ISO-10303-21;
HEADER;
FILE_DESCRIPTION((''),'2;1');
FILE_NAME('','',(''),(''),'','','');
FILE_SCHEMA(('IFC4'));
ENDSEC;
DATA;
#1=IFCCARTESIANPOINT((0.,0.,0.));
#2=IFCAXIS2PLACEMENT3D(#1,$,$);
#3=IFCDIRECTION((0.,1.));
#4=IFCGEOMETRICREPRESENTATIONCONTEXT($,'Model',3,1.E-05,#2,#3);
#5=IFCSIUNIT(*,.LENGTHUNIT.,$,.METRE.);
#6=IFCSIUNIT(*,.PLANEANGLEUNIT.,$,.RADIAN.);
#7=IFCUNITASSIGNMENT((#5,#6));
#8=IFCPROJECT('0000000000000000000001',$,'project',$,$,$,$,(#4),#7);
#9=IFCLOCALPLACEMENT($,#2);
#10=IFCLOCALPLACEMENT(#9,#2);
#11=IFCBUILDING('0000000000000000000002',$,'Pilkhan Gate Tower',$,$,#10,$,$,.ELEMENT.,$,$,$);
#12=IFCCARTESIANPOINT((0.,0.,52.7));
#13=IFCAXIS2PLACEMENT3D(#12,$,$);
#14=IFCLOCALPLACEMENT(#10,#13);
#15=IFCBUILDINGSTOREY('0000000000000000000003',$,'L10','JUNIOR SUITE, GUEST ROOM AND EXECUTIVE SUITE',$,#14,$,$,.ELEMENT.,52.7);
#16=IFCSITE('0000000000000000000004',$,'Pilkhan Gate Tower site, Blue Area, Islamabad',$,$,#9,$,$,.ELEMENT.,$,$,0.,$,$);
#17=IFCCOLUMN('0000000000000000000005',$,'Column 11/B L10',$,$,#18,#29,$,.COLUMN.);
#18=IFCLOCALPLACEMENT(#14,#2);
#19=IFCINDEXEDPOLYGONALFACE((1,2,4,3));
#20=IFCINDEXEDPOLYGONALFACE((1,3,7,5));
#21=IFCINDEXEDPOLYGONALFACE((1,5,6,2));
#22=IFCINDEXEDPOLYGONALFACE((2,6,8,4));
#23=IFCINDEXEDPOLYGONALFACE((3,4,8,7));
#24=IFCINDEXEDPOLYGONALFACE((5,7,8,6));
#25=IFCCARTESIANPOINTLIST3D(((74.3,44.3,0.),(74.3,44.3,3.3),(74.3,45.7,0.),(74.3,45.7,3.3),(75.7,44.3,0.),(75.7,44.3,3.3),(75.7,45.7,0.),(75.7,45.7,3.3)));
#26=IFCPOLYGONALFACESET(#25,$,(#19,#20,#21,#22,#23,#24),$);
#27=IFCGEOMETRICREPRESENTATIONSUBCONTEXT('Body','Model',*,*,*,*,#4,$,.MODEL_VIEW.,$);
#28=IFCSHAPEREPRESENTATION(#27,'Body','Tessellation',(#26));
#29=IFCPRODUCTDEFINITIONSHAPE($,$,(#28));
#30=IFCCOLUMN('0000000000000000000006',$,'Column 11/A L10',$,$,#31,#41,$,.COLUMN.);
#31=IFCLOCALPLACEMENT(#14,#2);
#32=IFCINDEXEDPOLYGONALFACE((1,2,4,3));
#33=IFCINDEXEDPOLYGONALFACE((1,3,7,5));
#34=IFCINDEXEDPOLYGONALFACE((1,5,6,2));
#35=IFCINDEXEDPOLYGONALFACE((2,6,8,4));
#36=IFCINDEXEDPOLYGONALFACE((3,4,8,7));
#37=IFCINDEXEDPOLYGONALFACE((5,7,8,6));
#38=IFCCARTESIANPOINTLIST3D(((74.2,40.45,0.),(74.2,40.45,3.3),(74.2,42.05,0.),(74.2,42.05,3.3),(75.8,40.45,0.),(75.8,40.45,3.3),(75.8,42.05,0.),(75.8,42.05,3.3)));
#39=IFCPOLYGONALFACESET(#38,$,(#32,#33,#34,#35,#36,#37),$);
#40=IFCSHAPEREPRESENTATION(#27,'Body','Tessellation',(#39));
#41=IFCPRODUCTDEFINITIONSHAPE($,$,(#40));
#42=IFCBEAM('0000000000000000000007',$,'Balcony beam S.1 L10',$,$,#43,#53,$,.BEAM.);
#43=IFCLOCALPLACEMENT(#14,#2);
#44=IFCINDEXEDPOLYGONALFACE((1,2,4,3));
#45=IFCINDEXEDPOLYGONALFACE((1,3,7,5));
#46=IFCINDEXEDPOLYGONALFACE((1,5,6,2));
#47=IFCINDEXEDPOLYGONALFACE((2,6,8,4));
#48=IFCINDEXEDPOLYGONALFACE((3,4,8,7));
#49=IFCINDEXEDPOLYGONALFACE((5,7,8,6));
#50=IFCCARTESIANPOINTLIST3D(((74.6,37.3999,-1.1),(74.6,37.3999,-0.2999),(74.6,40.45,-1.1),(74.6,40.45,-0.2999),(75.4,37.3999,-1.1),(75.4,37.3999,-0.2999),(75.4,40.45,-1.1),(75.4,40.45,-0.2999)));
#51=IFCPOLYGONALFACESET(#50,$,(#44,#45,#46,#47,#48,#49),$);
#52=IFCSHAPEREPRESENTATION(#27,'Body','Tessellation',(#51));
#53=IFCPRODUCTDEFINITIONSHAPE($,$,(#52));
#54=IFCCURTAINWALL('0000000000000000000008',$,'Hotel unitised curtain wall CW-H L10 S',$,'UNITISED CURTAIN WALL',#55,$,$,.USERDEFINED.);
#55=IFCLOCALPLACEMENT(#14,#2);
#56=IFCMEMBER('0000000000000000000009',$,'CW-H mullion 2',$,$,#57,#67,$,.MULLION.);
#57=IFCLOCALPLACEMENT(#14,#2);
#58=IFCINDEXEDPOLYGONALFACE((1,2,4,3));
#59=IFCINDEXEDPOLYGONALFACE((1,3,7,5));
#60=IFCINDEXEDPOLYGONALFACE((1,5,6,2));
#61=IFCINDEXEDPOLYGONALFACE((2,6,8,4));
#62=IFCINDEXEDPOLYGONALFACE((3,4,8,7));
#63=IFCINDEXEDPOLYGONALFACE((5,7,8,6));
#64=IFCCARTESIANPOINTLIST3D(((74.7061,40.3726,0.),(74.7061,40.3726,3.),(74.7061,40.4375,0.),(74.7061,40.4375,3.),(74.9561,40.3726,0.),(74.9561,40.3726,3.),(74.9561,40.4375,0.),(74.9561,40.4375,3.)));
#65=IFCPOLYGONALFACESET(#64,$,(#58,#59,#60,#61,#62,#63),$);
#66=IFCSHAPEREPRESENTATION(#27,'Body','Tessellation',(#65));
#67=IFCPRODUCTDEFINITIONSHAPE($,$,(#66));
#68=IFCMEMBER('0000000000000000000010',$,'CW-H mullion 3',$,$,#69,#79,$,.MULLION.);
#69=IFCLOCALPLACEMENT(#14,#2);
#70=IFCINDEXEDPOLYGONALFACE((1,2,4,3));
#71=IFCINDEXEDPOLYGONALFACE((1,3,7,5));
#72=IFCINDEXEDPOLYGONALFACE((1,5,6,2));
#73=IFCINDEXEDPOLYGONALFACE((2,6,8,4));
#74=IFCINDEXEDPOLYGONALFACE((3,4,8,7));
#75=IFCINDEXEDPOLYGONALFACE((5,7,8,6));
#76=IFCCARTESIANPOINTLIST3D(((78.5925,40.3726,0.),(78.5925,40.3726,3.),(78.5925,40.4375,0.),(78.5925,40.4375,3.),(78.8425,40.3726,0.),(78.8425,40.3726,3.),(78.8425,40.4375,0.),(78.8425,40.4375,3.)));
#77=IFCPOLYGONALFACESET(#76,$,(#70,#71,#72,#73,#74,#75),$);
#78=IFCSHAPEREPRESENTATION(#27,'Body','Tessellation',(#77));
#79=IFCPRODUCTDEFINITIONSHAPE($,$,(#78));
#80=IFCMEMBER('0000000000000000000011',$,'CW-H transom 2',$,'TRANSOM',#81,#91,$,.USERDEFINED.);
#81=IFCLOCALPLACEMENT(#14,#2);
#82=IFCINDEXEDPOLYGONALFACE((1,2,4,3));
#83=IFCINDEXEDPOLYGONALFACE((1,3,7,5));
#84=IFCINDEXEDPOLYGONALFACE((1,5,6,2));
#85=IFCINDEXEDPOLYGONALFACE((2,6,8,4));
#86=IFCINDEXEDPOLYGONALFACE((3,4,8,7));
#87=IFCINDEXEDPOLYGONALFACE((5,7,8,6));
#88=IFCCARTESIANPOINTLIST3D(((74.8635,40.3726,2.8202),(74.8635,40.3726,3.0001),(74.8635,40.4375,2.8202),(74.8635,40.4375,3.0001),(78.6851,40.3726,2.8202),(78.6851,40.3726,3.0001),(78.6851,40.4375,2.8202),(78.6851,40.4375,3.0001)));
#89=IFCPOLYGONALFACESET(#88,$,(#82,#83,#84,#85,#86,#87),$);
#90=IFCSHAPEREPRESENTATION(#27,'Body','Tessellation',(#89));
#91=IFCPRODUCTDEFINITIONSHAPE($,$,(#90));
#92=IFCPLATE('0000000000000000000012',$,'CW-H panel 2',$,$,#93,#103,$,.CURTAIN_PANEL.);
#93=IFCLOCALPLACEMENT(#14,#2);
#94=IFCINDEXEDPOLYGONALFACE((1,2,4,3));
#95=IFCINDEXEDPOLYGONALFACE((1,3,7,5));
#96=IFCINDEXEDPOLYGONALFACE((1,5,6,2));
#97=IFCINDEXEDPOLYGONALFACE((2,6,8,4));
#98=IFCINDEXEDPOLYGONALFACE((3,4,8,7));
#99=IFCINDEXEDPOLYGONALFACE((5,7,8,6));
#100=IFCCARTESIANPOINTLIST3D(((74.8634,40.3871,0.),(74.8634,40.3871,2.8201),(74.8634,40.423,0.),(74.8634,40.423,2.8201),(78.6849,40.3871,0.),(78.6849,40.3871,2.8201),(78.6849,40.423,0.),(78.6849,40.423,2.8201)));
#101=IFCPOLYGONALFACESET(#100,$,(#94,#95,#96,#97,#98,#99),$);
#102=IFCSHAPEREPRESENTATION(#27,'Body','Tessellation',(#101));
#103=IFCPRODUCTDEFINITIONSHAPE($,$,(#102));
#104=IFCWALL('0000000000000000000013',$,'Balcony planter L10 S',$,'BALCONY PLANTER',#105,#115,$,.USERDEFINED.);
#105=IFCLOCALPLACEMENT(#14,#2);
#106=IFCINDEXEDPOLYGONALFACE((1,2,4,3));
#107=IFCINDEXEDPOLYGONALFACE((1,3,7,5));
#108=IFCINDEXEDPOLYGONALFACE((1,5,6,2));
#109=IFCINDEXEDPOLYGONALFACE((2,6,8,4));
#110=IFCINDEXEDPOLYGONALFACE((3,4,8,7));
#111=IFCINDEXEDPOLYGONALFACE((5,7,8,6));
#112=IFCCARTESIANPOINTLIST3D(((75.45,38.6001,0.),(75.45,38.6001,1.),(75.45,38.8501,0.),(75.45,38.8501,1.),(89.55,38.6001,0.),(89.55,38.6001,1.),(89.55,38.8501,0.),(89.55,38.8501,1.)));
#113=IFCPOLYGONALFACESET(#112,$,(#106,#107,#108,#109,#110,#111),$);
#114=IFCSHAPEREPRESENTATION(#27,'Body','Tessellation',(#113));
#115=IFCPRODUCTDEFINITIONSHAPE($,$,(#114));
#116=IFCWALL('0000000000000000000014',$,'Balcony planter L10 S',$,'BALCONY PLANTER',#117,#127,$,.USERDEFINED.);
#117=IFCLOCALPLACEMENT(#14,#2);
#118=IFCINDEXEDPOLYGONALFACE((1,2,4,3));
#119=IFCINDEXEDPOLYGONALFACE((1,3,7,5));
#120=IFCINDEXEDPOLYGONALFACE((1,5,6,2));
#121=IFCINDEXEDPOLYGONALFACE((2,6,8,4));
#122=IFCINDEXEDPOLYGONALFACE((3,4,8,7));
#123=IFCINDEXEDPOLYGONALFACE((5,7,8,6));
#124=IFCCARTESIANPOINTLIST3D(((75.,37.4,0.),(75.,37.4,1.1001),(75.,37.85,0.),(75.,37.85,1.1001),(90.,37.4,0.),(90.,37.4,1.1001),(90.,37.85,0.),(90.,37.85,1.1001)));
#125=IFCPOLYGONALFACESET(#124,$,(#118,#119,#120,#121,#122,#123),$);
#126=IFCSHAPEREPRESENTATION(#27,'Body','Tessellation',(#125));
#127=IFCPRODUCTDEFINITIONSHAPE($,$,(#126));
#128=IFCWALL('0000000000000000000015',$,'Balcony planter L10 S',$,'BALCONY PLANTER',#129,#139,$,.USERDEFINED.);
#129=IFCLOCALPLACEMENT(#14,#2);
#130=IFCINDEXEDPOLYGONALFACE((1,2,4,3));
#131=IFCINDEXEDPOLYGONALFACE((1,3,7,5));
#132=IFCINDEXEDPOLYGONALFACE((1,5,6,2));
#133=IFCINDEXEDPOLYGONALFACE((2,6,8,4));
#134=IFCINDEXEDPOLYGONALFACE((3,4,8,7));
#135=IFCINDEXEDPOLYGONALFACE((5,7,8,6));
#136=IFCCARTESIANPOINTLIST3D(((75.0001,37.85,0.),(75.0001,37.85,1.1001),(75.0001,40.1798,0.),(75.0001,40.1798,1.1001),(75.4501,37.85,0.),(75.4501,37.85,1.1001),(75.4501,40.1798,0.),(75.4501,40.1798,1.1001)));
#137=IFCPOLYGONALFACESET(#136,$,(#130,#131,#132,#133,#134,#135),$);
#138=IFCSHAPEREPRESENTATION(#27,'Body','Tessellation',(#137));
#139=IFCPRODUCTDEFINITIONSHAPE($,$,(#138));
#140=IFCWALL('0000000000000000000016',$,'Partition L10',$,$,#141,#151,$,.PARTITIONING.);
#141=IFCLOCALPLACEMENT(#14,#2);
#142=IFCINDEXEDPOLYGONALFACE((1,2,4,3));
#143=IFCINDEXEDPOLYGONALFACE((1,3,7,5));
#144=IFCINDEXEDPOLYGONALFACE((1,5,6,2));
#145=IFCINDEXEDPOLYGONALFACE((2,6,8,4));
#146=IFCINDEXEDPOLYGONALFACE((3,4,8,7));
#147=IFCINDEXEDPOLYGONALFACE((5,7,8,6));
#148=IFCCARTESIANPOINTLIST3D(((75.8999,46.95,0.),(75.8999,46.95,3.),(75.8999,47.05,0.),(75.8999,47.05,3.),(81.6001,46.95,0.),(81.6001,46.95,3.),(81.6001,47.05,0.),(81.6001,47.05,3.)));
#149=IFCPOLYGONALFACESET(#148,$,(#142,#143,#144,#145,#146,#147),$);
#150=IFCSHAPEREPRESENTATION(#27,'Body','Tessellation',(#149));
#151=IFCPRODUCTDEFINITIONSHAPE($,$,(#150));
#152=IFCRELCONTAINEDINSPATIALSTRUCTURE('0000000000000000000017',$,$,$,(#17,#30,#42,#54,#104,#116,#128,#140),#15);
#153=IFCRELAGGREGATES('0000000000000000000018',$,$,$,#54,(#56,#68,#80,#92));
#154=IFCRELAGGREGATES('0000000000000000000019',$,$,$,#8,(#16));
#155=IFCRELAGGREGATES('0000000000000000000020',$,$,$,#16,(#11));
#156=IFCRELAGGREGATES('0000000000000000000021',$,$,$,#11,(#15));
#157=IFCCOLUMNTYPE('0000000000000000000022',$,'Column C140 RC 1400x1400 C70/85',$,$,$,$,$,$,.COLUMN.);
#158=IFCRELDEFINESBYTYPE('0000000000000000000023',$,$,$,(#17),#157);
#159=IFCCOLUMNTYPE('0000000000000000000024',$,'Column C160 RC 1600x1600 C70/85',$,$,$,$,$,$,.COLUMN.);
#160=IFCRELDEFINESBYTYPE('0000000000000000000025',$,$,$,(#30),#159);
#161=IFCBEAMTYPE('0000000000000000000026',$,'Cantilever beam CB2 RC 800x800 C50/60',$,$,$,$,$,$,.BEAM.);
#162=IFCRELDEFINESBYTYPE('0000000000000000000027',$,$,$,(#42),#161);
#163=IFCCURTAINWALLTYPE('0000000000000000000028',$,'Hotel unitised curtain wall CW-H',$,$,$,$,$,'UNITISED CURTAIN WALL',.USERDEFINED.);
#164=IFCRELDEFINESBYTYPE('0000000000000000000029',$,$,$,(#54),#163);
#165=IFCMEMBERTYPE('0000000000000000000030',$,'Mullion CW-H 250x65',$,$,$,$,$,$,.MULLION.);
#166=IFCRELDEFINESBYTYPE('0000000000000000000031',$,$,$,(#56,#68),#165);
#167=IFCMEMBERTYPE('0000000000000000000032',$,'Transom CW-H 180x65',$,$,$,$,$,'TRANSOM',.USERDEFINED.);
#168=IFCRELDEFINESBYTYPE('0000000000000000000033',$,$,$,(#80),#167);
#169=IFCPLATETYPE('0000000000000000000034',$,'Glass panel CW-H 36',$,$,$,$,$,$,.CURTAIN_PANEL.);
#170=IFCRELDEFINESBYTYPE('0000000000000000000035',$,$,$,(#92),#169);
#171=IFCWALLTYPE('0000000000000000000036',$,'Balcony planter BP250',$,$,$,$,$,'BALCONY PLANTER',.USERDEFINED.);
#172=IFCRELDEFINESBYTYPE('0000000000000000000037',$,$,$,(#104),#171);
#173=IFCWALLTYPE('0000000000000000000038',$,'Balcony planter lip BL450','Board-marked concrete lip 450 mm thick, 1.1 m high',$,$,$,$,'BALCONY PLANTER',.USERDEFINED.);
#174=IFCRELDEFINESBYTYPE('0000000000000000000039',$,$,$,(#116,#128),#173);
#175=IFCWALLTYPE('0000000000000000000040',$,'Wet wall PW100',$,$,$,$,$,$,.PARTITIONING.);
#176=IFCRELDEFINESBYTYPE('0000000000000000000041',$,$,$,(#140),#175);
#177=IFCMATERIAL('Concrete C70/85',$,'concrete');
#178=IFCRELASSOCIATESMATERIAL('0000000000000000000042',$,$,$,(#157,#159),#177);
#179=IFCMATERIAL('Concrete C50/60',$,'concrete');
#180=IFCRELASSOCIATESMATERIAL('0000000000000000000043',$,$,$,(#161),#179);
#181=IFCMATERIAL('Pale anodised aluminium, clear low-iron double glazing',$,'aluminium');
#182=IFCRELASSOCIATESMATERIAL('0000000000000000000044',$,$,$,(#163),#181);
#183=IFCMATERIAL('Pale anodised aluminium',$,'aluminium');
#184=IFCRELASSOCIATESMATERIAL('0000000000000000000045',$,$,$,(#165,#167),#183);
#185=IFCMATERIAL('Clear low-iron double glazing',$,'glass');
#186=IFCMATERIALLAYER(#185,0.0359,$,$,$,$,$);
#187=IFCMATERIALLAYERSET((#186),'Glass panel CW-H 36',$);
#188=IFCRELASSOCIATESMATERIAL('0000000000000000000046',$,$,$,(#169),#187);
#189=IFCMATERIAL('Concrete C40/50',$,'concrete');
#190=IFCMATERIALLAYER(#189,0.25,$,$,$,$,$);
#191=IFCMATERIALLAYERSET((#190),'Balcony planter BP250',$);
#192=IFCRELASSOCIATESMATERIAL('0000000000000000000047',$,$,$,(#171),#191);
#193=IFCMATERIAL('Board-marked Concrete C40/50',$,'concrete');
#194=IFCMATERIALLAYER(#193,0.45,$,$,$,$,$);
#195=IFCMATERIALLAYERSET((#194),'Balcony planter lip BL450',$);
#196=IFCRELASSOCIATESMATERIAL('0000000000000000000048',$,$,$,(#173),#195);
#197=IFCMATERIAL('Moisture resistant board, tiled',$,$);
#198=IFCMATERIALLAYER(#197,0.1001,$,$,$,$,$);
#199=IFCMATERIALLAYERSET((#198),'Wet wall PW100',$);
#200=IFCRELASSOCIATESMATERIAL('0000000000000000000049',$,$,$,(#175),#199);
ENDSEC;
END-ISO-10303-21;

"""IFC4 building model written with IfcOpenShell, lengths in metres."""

from ifc_helpers import new_model, si_unit, direction, frame, frame_2d, origin, origin_2d, place, context, subcontext, project, spatial, rectangle, extrude, material, layer, layer_set, material_profile, profile_set, type_object, element, aggregate, save


model = new_model("IFC4")

# Units and contexts
model_context = context("Model", 3, precision=1e-05, world=origin(), true_north=direction((0.0, 1.0)))
body_context = subcontext(model_context, "Body", "Model", "MODEL_VIEW")
ifc_project = project(units=[si_unit("LENGTHUNIT", "METRE"), si_unit("PLANEANGLEUNIT", "RADIAN")], contexts=[model_context])

# Site, building, storey
site_placement = place(None, origin())
site = spatial("IfcSite", under=ifc_project, at=site_placement, Name="Pilkhan Gate Tower site, Blue Area, Islamabad", CompositionType="ELEMENT", RefElevation=0.0)
building_placement = place(site_placement, origin())
building = spatial("IfcBuilding", under=site, at=building_placement, Name="Pilkhan Gate Tower", CompositionType="ELEMENT")
storey_placement = place(building_placement, frame((0.0, 0.0, 52.7)))
storey = spatial("IfcBuildingStorey", under=building, at=storey_placement, Name="L10", Description="JUNIOR SUITE, GUEST ROOM AND EXECUTIVE SUITE", CompositionType="ELEMENT", Elevation=52.7)

# Columns
ifc_material_1 = material(Name="Concrete C70/85", Category="concrete")
ifc_material_profile_1 = material_profile(ifc_material_1, rectangle(XDim=1.3999, YDim=1.3999, at=origin_2d()), Name="RC 1400x1400")
ifc_profile_set_1 = profile_set([ifc_material_profile_1], Name="Concrete C70/85")
column_type_1 = type_object("IfcColumnType", Name="Column C140 RC 1400x1400 C70/85", PredefinedType="COLUMN", material=ifc_profile_set_1)
column_1_placement = place(storey_placement, frame((75.0, 45.0, 0.0), z_axis=(0.0, 0.0, 1.0), x_axis=(1.0, 0.0, 0.0)))
element("IfcColumn", 1, at=column_1_placement, inside=storey, type_object=column_type_1, Name="Column 11/B L10", PredefinedType="COLUMN", context=body_context, shape_type="SweptSolid", body=[
    extrude(rectangle(XDim=1.3999, YDim=1.3999, at=origin_2d()), origin(), (0.0, 0.0, 1.0), 3.3),
])
ifc_material_profile_2 = material_profile(ifc_material_1, rectangle(XDim=1.6001, YDim=1.6001, at=origin_2d()), Name="RC 1600x1600")
ifc_profile_set_2 = profile_set([ifc_material_profile_2], Name="Concrete C70/85")
column_type_2 = type_object("IfcColumnType", Name="Column C160 RC 1600x1600 C70/85", PredefinedType="COLUMN", material=ifc_profile_set_2)
column_2_placement = place(storey_placement, frame((75.0, 41.25, 0.0), z_axis=(0.0, 0.0, 1.0), x_axis=(1.0, 0.0, 0.0)))
element("IfcColumn", 2, at=column_2_placement, inside=storey, type_object=column_type_2, Name="Column 11/A L10", PredefinedType="COLUMN", context=body_context, shape_type="SweptSolid", body=[
    extrude(rectangle(XDim=1.6001, YDim=1.6001, at=origin_2d()), origin(), (0.0, 0.0, 1.0), 3.3),
])

# Beam
ifc_material_2 = material(Name="Concrete C50/60", Category="concrete")
ifc_material_profile_3 = material_profile(ifc_material_2, rectangle(XDim=0.8, YDim=0.8, at=origin_2d()), Name="RC 800x800")
ifc_profile_set_3 = profile_set([ifc_material_profile_3], Name="Concrete C50/60")
beam_type = type_object("IfcBeamType", Name="Cantilever beam CB2 RC 800x800 C50/60", PredefinedType="BEAM", material=ifc_profile_set_3)
beam_placement = place(storey_placement, frame((75.0, 40.45, -0.7), z_axis=(0.0, -1.0, 0.0), x_axis=(1.0, 0.0, 0.0)))
element("IfcBeam", 3, at=beam_placement, inside=storey, type_object=beam_type, Name="Balcony beam S.1 L10", PredefinedType="BEAM", context=body_context, shape_type="SweptSolid", body=[
    extrude(rectangle(XDim=0.8, YDim=0.8, at=origin_2d()), origin(), (0.0, 0.0, 1.0), 3.05),
])

# Curtain wall, members, plate
ifc_material_3 = material(Name="Pale anodised aluminium, clear low-iron double glazing", Category="aluminium")
curtain_wall_type = type_object("IfcCurtainWallType", Name="Hotel unitised curtain wall CW-H", ElementType="UNITISED CURTAIN WALL", PredefinedType="USERDEFINED", material=ifc_material_3)
curtain_wall_placement = place(storey_placement, origin())
curtain_wall = element("IfcCurtainWall", 4, at=curtain_wall_placement, inside=storey, type_object=curtain_wall_type, Name="Hotel unitised curtain wall CW-H L10 S", ObjectType="UNITISED CURTAIN WALL", PredefinedType="USERDEFINED")
ifc_material_4 = material(Name="Pale anodised aluminium", Category="aluminium")
ifc_material_profile_4 = material_profile(ifc_material_4, rectangle(XDim=0.0649, YDim=0.25, at=origin_2d()), Name="Mullion 250x65")
ifc_profile_set_4 = profile_set([ifc_material_profile_4], Name="Pale anodised aluminium")
member_type_1 = type_object("IfcMemberType", Name="Mullion CW-H 250x65", PredefinedType="MULLION", material=ifc_profile_set_4)
member_1_placement = place(storey_placement, frame((74.8311, 40.405, 0.0), z_axis=(0.0, 0.0, 1.0), x_axis=(0.0, 1.0, 0.0)))
member_1 = element("IfcMember", 5, at=member_1_placement, type_object=member_type_1, Name="CW-H mullion 2", PredefinedType="MULLION", context=body_context, shape_type="SweptSolid", body=[
    extrude(rectangle(XDim=0.0649, YDim=0.25, at=origin_2d()), origin(), (0.0, 0.0, 1.0), 3.0),
])
member_2_placement = place(storey_placement, frame((78.7175, 40.405, 0.0), z_axis=(0.0, 0.0, 1.0), x_axis=(0.0, 1.0, 0.0)))
member_2 = element("IfcMember", 6, at=member_2_placement, type_object=member_type_1, Name="CW-H mullion 3", PredefinedType="MULLION", context=body_context, shape_type="SweptSolid", body=[
    extrude(rectangle(XDim=0.0649, YDim=0.25, at=origin_2d()), origin(), (0.0, 0.0, 1.0), 3.0),
])
ifc_material_profile_5 = material_profile(ifc_material_4, rectangle(XDim=0.0649, YDim=0.1799, at=origin_2d()), Name="Transom 180x65")
ifc_profile_set_5 = profile_set([ifc_material_profile_5], Name="Pale anodised aluminium")
member_type_2 = type_object("IfcMemberType", Name="Transom CW-H 180x65", ElementType="TRANSOM", PredefinedType="USERDEFINED", material=ifc_profile_set_5)
member_3_placement = place(storey_placement, frame((74.8635, 40.405, 2.9102), z_axis=(1.0, 0.0, 0.0), x_axis=(0.0, 1.0, 0.0)))
member_3 = element("IfcMember", 7, at=member_3_placement, type_object=member_type_2, Name="CW-H transom 2", ObjectType="TRANSOM", PredefinedType="USERDEFINED", context=body_context, shape_type="SweptSolid", body=[
    extrude(rectangle(XDim=0.0649, YDim=0.1799, at=origin_2d()), origin(), (0.0, 0.0, 1.0), 3.8215),
])
ifc_material_5 = material(Name="Clear low-iron double glazing", Category="glass")
ifc_layer_1 = layer(ifc_material_5, 0.0359)
ifc_layer_set_1 = layer_set([ifc_layer_1], Name="Glass panel CW-H 36")
plate_type = type_object("IfcPlateType", Name="Glass panel CW-H 36", PredefinedType="CURTAIN_PANEL", material=ifc_layer_set_1)
plate_placement = place(storey_placement, frame((76.7742, 40.405, 0.0), z_axis=(0.0, 0.0, 1.0), x_axis=(1.0, 0.0, 0.0)))
plate = element("IfcPlate", 8, at=plate_placement, type_object=plate_type, Name="CW-H panel 2", PredefinedType="CURTAIN_PANEL", context=body_context, shape_type="SweptSolid", body=[
    extrude(rectangle(XDim=3.8215, YDim=0.0359, at=origin_2d()), origin(), (0.0, 0.0, 1.0), 2.8201),
])
aggregate(curtain_wall, [member_1, member_2, member_3, plate])

# Walls
ifc_material_6 = material(Name="Concrete C40/50", Category="concrete")
ifc_layer_2 = layer(ifc_material_6, 0.25)
ifc_layer_set_2 = layer_set([ifc_layer_2], Name="Balcony planter BP250")
wall_type_1 = type_object("IfcWallType", Name="Balcony planter BP250", ElementType="BALCONY PLANTER", PredefinedType="USERDEFINED", material=ifc_layer_set_2)
wall_1_placement = place(storey_placement, frame((75.45, 38.7251, 0.0), z_axis=(0.0, 0.0, 1.0), x_axis=(1.0, 0.0, 0.0)))
element("IfcWall", 9, at=wall_1_placement, inside=storey, type_object=wall_type_1, Name="Balcony planter L10 S", ObjectType="BALCONY PLANTER", PredefinedType="USERDEFINED", context=body_context, shape_type="SweptSolid", body=[
    extrude(rectangle(XDim=14.1001, YDim=0.25, at=frame_2d((7.05, 0.0))), origin(), (0.0, 0.0, 1.0), 1.0),
])
ifc_material_7 = material(Name="Board-marked Concrete C40/50", Category="concrete")
ifc_layer_3 = layer(ifc_material_7, 0.45)
ifc_layer_set_3 = layer_set([ifc_layer_3], Name="Balcony planter lip BL450")
wall_type_2 = type_object("IfcWallType", Name="Balcony planter lip BL450", Description="Board-marked concrete lip 450 mm thick, 1.1 m high", ElementType="BALCONY PLANTER", PredefinedType="USERDEFINED", material=ifc_layer_set_3)
wall_2_placement = place(storey_placement, frame((75.0, 37.625, 0.0), z_axis=(0.0, 0.0, 1.0), x_axis=(1.0, 0.0, 0.0)))
element("IfcWall", 10, at=wall_2_placement, inside=storey, type_object=wall_type_2, Name="Balcony planter L10 S", ObjectType="BALCONY PLANTER", PredefinedType="USERDEFINED", context=body_context, shape_type="SweptSolid", body=[
    extrude(rectangle(XDim=15.0, YDim=0.45, at=frame_2d((7.5, 0.0))), origin(), (0.0, 0.0, 1.0), 1.1001),
])
wall_3_placement = place(storey_placement, frame((75.2251, 40.1799, 0.0), z_axis=(0.0, 0.0, 1.0), x_axis=(0.0, -1.0, 0.0)))
element("IfcWall", 11, at=wall_3_placement, inside=storey, type_object=wall_type_2, Name="Balcony planter L10 S", ObjectType="BALCONY PLANTER", PredefinedType="USERDEFINED", context=body_context, shape_type="SweptSolid", body=[
    extrude(rectangle(XDim=2.3298, YDim=0.45, at=frame_2d((1.165, 0.0))), origin(), (0.0, 0.0, 1.0), 1.1001),
])
ifc_material_8 = material(Name="Moisture resistant board, tiled")
ifc_layer_4 = layer(ifc_material_8, 0.1001)
ifc_layer_set_4 = layer_set([ifc_layer_4], Name="Wet wall PW100")
wall_type_3 = type_object("IfcWallType", Name="Wet wall PW100", PredefinedType="PARTITIONING", material=ifc_layer_set_4)
wall_4_placement = place(storey_placement, frame((75.8999, 47.0, 0.0), z_axis=(0.0, 0.0, 1.0), x_axis=(1.0, 0.0, 0.0)))
element("IfcWall", 12, at=wall_4_placement, inside=storey, type_object=wall_type_3, Name="Partition L10", PredefinedType="PARTITIONING", context=body_context, shape_type="SweptSolid", body=[
    extrude(rectangle(XDim=5.7002, YDim=0.1001, at=frame_2d((2.8501, 0.0))), origin(), (0.0, 0.0, 1.0), 3.0),
])

save(model, "model.ifc")
